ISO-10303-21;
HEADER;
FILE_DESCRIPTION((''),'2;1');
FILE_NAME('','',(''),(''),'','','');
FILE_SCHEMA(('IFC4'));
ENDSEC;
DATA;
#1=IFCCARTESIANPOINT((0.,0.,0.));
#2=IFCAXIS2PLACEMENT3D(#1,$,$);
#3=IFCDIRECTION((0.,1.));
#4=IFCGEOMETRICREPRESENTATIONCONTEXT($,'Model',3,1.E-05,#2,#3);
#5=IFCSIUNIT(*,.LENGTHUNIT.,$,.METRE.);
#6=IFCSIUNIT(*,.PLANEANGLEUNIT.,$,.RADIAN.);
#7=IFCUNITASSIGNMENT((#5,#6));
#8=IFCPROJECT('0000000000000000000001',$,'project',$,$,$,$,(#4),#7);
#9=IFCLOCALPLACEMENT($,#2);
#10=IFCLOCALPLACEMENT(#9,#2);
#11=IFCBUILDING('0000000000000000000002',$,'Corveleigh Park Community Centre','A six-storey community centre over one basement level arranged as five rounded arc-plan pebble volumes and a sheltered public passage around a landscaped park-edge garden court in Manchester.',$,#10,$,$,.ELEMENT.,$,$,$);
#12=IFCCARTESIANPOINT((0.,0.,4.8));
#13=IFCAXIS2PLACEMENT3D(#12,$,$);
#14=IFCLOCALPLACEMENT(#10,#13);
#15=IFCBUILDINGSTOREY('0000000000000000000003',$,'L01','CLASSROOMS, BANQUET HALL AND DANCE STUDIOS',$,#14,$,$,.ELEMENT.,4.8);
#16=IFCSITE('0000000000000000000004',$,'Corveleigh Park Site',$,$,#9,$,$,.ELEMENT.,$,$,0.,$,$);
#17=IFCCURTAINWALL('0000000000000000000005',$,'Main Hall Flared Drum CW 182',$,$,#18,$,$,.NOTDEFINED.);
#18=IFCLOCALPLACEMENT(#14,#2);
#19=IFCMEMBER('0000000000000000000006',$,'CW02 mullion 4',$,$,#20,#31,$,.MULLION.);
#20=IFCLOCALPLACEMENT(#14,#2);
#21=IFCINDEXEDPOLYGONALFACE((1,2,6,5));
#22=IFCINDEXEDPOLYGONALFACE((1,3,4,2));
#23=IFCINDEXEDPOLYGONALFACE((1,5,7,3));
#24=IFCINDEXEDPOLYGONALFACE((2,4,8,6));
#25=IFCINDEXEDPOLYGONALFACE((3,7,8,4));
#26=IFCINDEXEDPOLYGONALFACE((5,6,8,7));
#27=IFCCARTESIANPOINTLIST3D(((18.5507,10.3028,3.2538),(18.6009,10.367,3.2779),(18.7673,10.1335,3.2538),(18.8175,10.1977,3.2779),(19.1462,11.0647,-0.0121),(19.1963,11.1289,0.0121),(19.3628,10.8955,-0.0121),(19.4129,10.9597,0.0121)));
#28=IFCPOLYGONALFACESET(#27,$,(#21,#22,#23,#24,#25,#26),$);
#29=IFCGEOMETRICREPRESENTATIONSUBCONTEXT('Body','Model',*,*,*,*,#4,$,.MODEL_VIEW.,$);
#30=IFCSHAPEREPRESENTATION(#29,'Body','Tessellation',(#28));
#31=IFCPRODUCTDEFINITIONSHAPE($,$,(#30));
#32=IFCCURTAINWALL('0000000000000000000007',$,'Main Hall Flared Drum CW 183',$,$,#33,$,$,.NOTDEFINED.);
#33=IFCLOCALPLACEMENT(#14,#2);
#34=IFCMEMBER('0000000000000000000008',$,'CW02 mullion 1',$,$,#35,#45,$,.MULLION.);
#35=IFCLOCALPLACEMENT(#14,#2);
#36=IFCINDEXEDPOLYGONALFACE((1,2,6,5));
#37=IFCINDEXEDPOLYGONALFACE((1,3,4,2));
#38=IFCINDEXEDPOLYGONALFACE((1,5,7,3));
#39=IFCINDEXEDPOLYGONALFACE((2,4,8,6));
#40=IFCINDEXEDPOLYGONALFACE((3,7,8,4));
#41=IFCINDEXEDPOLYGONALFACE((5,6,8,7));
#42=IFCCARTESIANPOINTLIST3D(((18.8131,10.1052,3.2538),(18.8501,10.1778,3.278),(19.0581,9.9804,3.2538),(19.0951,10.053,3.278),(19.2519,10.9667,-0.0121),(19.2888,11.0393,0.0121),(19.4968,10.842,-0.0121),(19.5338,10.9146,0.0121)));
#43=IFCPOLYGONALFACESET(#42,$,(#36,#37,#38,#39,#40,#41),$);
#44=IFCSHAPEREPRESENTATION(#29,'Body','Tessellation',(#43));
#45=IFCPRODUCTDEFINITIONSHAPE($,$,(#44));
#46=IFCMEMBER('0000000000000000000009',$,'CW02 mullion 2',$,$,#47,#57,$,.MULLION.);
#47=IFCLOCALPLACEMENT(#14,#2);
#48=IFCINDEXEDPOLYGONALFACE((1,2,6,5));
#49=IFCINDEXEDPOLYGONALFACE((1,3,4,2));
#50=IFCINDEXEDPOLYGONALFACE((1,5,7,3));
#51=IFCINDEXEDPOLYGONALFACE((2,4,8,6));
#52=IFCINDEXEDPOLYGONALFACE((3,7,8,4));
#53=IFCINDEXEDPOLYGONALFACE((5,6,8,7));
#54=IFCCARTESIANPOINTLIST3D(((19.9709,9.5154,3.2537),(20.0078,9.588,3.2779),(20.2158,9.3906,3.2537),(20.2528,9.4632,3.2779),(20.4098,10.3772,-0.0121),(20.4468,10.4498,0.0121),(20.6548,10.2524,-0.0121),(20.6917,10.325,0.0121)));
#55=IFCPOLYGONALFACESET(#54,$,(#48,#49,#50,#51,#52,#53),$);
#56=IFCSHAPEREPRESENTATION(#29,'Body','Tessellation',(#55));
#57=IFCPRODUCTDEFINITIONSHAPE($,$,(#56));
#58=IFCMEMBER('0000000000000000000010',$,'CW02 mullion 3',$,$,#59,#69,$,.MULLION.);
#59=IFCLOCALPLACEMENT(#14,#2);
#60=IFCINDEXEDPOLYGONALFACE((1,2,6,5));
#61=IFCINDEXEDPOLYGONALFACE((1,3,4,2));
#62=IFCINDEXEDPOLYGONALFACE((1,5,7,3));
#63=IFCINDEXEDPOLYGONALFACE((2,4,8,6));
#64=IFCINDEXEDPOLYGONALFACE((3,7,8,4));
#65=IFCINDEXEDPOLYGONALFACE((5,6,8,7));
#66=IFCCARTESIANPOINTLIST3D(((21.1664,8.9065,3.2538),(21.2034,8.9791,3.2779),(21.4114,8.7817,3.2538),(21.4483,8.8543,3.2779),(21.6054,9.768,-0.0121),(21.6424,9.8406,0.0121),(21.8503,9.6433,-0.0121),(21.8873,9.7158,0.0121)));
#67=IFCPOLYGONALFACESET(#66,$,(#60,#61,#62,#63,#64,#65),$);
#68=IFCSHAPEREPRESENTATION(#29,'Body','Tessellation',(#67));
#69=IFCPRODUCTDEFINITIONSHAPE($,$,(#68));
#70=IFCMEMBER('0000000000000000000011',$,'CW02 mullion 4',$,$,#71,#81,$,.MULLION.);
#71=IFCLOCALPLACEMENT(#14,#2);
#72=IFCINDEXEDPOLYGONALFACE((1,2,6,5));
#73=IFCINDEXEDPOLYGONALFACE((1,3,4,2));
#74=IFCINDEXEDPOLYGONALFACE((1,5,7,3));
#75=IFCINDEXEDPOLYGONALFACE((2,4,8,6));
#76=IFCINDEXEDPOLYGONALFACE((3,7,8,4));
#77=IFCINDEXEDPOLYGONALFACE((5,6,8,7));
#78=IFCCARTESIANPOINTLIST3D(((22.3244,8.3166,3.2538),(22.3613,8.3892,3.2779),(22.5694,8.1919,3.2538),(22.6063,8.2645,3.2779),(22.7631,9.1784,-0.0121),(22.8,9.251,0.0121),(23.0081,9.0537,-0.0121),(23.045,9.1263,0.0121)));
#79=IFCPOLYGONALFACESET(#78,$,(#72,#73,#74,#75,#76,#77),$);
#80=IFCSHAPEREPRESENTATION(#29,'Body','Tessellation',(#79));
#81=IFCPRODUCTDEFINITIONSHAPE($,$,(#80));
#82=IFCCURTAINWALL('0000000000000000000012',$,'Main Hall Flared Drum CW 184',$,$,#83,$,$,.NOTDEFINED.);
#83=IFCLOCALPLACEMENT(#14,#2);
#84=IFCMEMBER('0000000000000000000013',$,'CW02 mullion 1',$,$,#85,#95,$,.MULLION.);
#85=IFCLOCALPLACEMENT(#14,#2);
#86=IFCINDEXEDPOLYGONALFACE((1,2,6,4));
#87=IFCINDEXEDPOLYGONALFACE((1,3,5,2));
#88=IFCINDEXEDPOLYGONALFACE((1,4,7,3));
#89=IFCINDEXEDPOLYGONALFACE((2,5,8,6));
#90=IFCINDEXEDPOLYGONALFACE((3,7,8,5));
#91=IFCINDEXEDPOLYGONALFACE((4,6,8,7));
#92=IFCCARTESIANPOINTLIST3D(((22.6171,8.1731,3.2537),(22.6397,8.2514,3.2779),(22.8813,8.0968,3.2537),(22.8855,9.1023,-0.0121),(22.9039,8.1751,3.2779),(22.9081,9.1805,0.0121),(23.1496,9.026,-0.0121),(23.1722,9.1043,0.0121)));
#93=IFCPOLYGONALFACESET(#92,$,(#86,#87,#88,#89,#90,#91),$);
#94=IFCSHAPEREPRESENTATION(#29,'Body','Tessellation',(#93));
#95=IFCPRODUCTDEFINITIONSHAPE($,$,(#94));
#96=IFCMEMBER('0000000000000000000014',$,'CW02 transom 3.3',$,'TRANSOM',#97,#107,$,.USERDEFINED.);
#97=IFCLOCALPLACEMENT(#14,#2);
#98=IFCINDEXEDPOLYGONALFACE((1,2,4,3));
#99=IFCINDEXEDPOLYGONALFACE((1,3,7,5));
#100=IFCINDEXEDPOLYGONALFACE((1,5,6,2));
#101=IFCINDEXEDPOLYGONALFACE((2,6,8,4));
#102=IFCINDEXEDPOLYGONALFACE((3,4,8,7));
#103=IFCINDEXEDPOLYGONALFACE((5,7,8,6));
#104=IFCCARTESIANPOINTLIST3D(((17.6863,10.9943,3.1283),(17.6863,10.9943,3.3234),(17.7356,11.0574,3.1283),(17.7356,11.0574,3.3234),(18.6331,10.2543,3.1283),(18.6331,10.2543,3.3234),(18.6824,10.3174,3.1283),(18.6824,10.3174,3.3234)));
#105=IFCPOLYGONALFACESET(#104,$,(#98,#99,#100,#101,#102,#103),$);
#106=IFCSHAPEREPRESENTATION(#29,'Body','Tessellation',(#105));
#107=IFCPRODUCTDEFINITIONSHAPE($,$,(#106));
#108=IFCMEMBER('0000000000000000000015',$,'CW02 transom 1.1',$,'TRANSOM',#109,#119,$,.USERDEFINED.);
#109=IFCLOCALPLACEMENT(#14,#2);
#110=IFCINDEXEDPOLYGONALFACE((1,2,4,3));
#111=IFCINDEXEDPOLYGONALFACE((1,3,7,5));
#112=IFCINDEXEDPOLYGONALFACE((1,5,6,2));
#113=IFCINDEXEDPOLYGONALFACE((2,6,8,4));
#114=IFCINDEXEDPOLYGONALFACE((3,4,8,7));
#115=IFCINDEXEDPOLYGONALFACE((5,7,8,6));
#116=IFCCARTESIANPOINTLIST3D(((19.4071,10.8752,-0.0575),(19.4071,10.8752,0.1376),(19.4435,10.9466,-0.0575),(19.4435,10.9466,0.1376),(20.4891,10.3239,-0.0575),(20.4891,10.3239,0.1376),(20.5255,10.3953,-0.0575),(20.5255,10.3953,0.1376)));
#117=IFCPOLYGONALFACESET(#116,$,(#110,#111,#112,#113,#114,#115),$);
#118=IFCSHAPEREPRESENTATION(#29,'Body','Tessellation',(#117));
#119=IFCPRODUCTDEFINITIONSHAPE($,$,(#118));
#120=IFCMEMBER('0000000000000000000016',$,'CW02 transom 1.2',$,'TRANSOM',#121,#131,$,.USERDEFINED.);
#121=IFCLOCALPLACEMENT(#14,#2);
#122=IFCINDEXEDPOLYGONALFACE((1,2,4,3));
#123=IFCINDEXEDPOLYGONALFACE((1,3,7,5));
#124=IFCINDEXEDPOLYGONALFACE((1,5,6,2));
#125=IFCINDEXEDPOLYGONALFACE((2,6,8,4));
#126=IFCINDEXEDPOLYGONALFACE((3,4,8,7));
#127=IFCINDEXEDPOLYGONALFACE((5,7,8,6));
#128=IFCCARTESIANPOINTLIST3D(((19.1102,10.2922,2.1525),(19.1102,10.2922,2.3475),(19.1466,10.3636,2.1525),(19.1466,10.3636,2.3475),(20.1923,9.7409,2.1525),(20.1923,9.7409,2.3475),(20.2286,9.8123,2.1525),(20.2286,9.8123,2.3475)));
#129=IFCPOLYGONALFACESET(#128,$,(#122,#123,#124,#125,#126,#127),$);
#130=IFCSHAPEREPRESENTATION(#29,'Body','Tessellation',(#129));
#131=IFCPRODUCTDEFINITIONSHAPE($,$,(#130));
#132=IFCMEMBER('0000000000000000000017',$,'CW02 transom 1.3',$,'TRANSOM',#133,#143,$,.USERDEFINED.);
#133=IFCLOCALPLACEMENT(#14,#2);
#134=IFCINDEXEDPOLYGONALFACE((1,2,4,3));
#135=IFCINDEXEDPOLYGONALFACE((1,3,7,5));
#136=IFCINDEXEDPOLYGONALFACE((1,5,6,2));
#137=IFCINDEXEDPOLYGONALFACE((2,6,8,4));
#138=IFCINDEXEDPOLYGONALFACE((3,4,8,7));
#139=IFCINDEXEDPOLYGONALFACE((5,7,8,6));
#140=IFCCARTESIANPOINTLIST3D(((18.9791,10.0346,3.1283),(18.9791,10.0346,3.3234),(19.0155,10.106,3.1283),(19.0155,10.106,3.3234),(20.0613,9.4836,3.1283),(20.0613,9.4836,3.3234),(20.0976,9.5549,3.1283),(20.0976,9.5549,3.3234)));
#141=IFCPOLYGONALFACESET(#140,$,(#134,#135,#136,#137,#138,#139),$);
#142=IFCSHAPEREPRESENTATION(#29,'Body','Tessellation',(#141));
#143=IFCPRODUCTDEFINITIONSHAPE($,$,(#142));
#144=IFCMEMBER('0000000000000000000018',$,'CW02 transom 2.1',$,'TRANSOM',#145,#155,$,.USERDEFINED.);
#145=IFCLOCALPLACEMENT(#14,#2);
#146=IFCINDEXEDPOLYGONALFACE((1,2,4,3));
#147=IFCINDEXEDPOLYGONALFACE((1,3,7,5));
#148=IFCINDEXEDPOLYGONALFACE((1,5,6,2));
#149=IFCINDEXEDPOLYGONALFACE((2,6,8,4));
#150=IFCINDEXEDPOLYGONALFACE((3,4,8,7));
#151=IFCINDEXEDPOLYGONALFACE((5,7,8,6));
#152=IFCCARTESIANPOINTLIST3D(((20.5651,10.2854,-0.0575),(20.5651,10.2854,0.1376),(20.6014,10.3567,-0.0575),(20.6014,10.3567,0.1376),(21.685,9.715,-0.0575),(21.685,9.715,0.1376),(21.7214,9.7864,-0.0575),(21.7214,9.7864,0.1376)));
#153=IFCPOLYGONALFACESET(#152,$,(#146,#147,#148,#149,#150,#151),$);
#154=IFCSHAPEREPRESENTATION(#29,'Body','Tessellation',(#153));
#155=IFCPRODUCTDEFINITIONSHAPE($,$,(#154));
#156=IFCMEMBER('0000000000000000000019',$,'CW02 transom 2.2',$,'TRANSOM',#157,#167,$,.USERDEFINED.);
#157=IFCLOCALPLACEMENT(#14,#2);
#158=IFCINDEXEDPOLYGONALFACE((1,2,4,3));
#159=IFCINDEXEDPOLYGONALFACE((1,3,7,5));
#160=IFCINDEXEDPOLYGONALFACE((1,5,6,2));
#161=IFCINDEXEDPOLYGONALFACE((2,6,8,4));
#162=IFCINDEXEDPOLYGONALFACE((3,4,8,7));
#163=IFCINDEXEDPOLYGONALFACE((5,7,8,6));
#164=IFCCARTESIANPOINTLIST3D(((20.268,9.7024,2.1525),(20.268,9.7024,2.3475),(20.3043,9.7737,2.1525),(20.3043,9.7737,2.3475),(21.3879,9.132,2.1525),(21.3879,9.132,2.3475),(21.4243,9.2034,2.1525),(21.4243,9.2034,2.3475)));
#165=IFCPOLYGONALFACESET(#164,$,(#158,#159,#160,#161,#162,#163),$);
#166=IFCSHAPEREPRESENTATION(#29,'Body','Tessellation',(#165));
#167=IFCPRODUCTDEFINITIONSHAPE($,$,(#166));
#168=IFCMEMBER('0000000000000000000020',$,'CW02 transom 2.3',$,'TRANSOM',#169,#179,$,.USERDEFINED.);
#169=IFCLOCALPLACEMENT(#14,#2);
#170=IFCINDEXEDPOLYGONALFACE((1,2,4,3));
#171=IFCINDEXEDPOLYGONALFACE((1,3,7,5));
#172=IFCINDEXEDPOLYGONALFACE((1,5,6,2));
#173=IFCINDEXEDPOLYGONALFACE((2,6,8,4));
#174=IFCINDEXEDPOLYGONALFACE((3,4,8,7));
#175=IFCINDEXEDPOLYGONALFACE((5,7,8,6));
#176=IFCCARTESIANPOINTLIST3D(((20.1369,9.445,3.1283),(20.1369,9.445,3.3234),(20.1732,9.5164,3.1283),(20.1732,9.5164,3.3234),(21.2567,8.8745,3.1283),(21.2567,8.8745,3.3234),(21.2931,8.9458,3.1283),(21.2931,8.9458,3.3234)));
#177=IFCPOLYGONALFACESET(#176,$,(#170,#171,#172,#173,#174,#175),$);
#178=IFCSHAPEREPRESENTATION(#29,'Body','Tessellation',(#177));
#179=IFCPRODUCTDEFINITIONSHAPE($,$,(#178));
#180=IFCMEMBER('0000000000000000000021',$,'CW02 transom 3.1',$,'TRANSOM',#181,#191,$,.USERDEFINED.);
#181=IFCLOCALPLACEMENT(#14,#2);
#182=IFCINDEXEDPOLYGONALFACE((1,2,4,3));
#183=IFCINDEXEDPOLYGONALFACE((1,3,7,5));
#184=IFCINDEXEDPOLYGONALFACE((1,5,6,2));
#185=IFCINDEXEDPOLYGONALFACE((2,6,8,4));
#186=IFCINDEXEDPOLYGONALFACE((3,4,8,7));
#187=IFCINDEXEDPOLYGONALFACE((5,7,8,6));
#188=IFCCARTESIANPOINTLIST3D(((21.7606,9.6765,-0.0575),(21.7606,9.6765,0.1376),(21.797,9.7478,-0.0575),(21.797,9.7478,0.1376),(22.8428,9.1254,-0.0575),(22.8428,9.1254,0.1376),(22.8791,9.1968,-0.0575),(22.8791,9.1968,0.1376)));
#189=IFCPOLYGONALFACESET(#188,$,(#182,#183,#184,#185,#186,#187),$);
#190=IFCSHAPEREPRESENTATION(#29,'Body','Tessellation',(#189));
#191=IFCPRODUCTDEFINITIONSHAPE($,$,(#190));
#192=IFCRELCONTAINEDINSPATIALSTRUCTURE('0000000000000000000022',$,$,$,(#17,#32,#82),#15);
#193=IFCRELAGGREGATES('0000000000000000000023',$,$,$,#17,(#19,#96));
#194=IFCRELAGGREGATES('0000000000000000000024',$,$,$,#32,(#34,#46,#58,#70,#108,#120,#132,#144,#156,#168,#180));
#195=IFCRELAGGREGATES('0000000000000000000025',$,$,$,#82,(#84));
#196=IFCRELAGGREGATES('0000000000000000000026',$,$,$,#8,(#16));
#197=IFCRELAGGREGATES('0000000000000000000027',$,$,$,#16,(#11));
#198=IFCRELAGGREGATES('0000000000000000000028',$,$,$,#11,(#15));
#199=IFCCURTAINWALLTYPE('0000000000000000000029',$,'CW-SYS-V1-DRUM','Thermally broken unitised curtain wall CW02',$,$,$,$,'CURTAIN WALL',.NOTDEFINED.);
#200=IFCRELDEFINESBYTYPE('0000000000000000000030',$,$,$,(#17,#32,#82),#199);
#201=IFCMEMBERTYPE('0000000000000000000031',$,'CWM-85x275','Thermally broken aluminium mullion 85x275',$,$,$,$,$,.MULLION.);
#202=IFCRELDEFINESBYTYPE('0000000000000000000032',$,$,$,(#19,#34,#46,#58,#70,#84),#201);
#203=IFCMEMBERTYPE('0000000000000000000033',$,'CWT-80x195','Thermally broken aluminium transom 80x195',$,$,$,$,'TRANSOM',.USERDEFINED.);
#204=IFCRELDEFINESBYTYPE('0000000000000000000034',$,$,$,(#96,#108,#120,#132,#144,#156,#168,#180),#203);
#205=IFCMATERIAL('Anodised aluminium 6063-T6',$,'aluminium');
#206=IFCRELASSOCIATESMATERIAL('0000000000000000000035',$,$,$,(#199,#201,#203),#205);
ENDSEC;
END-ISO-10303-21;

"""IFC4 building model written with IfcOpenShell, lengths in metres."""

from ifc_helpers import new_model, si_unit, direction, frame, origin, origin_2d, place, context, subcontext, project, spatial, rectangle, extrude, material, material_profile, profile_set, type_object, element, aggregate, save


model = new_model("IFC4")

# Units and contexts
model_context = context("Model", 3, precision=1e-05, world=origin(), true_north=direction((0.0, 1.0)))
body_context = subcontext(model_context, "Body", "Model", "MODEL_VIEW")
ifc_project = project(units=[si_unit("LENGTHUNIT", "METRE"), si_unit("PLANEANGLEUNIT", "RADIAN")], contexts=[model_context])

# Site, building, storey
site_placement = place(None, origin())
site = spatial("IfcSite", under=ifc_project, at=site_placement, Name="Corveleigh Park Site", CompositionType="ELEMENT", RefElevation=0.0)
building_placement = place(site_placement, origin())
building = spatial("IfcBuilding", under=site, at=building_placement, Name="Corveleigh Park Community Centre", Description="A six-storey community centre over one basement level arranged as five rounded arc-plan pebble volumes and a sheltered public passage around a landscaped park-edge garden court in Manchester.", CompositionType="ELEMENT")
storey_placement = place(building_placement, frame((0.0, 0.0, 4.8)))
storey = spatial("IfcBuildingStorey", under=building, at=storey_placement, Name="L01", Description="CLASSROOMS, BANQUET HALL AND DANCE STUDIOS", CompositionType="ELEMENT", Elevation=4.8)

# Curtain wall, member
ifc_material_1 = material(Name="Anodised aluminium 6063-T6", Category="aluminium")
curtain_wall_type = type_object("IfcCurtainWallType", Name="CW-SYS-V1-DRUM", Description="Thermally broken unitised curtain wall CW02", ElementType="CURTAIN WALL", PredefinedType="NOTDEFINED", material=ifc_material_1)
curtain_wall_1_placement = place(storey_placement, origin())
curtain_wall_1 = element("IfcCurtainWall", 1, at=curtain_wall_1_placement, inside=storey, type_object=curtain_wall_type, Name="Main Hall Flared Drum CW 182", PredefinedType="NOTDEFINED")
ifc_material_profile_1 = material_profile(ifc_material_1, rectangle(XDim=0.085, YDim=0.2749, at=origin_2d()), Name="ALU-M85x275", Category="aluminium")
ifc_profile_set_1 = profile_set([ifc_material_profile_1], Name="Anodised aluminium 6063-T6")
member_type_1 = type_object("IfcMemberType", Name="CWM-85x275", Description="Thermally broken aluminium mullion 85x275", PredefinedType="MULLION", material=ifc_profile_set_1)
member_1_placement = place(storey_placement, frame((19.2795, 11.0122, 0.0), z_axis=(-0.174825, -0.22371, 0.958848), x_axis=(0.590417, 0.755511, 0.283919)))
member_1 = element("IfcMember", 2, at=member_1_placement, type_object=member_type_1, Name="CW02 mullion 4", PredefinedType="MULLION", context=body_context, shape_type="SweptSolid", body=[
    extrude(rectangle(XDim=0.085, YDim=0.2749, at=origin_2d()), origin(), (0.0, 0.0, 1.0), 3.406),
])

# Curtain wall, members
curtain_wall_2_placement = place(storey_placement, origin())
curtain_wall_2 = element("IfcCurtainWall", 3, at=curtain_wall_2_placement, inside=storey, type_object=curtain_wall_type, Name="Main Hall Flared Drum CW 183", PredefinedType="NOTDEFINED")
member_2_placement = place(storey_placement, frame((19.3928, 10.9407, 0.0), z_axis=(-0.128809, -0.252959, 0.958864), x_axis=(0.435101, 0.854463, 0.283866)))
member_2 = element("IfcMember", 4, at=member_2_placement, type_object=member_type_1, Name="CW02 mullion 1", PredefinedType="MULLION", context=body_context, shape_type="SweptSolid", body=[
    extrude(rectangle(XDim=0.085, YDim=0.2749, at=origin_2d()), origin(), (0.0, 0.0, 1.0), 3.406),
])
member_3_placement = place(storey_placement, frame((20.5508, 10.3511, 0.0), z_axis=(-0.128877, -0.253024, 0.958838), x_axis=(0.435183, 0.854392, 0.283955)))
member_3 = element("IfcMember", 5, at=member_3_placement, type_object=member_type_1, Name="CW02 mullion 2", PredefinedType="MULLION", context=body_context, shape_type="SweptSolid", body=[
    extrude(rectangle(XDim=0.085, YDim=0.2749, at=origin_2d()), origin(), (0.0, 0.0, 1.0), 3.406),
])
member_4_placement = place(storey_placement, frame((21.7463, 9.7419, 0.0), z_axis=(-0.12888, -0.252957, 0.958855), x_axis=(0.435289, 0.854357, 0.283896)))
member_4 = element("IfcMember", 6, at=member_4_placement, type_object=member_type_1, Name="CW02 mullion 3", PredefinedType="MULLION", context=body_context, shape_type="SweptSolid", body=[
    extrude(rectangle(XDim=0.085, YDim=0.2749, at=origin_2d()), origin(), (0.0, 0.0, 1.0), 3.406),
])
member_5_placement = place(storey_placement, frame((22.9041, 9.1523, 0.0), z_axis=(-0.128807, -0.253026, 0.958847), x_axis=(0.434995, 0.854498, 0.283925)))
member_5 = element("IfcMember", 7, at=member_5_placement, type_object=member_type_1, Name="CW02 mullion 4", PredefinedType="MULLION", context=body_context, shape_type="SweptSolid", body=[
    extrude(rectangle(XDim=0.085, YDim=0.2749, at=origin_2d()), origin(), (0.0, 0.0, 1.0), 3.406),
])

# Curtain wall, member
curtain_wall_3_placement = place(storey_placement, origin())
curtain_wall_3 = element("IfcCurtainWall", 8, at=curtain_wall_3_placement, inside=storey, type_object=curtain_wall_type, Name="Main Hall Flared Drum CW 184", PredefinedType="NOTDEFINED")
member_6_placement = place(storey_placement, frame((23.0288, 9.1033, 0.0), z_axis=(-0.078774, -0.272807, 0.958838), x_axis=(0.266001, 0.921203, 0.283953)))
member_6 = element("IfcMember", 9, at=member_6_placement, type_object=member_type_1, Name="CW02 mullion 1", PredefinedType="MULLION", context=body_context, shape_type="SweptSolid", body=[
    extrude(rectangle(XDim=0.085, YDim=0.2749, at=origin_2d()), origin(), (0.0, 0.0, 1.0), 3.406),
])

# Members
ifc_material_profile_2 = material_profile(ifc_material_1, rectangle(XDim=0.0801, YDim=0.1951, at=origin_2d()), Name="ALU-T80x195", Category="aluminium")
ifc_profile_set_2 = profile_set([ifc_material_profile_2], Name="Anodised aluminium 6063-T6")
member_type_2 = type_object("IfcMemberType", Name="CWT-80x195", Description="Thermally broken aluminium transom 80x195", ElementType="TRANSOM", PredefinedType="USERDEFINED", material=ifc_profile_set_2)
member_7_placement = place(storey_placement, frame((17.7109, 11.0259, 3.2258), z_axis=(0.787895, -0.61581, 0.0), x_axis=(0.61581, 0.787895, 0.0)))
member_7 = element("IfcMember", 10, at=member_7_placement, type_object=member_type_2, Name="CW02 transom 3.3", ObjectType="TRANSOM", PredefinedType="USERDEFINED", context=body_context, shape_type="SweptSolid", body=[
    extrude(rectangle(XDim=0.0801, YDim=0.1951, at=origin_2d()), origin(), (0.0, 0.0, 1.0), 1.2017),
])
aggregate(curtain_wall_1, [member_1, member_7])
member_8_placement = place(storey_placement, frame((19.4253, 10.9109, 0.04), z_axis=(0.891024, -0.453956, 0.0), x_axis=(0.453956, 0.891024, 0.0)))
member_8 = element("IfcMember", 11, at=member_8_placement, type_object=member_type_2, Name="CW02 transom 1.1", ObjectType="TRANSOM", PredefinedType="USERDEFINED", context=body_context, shape_type="SweptSolid", body=[
    extrude(rectangle(XDim=0.0801, YDim=0.1951, at=origin_2d()), origin(), (0.0, 0.0, 1.0), 1.2144),
])
member_9_placement = place(storey_placement, frame((19.1284, 10.3279, 2.25), z_axis=(0.891024, -0.453956, 0.0), x_axis=(0.453956, 0.891024, 0.0)))
member_9 = element("IfcMember", 12, at=member_9_placement, type_object=member_type_2, Name="CW02 transom 1.2", ObjectType="TRANSOM", PredefinedType="USERDEFINED", context=body_context, shape_type="SweptSolid", body=[
    extrude(rectangle(XDim=0.0801, YDim=0.1951, at=origin_2d()), origin(), (0.0, 0.0, 1.0), 1.2144),
])
member_10_placement = place(storey_placement, frame((18.9973, 10.0703, 3.2258), z_axis=(0.891105, -0.453796, 0.0), x_axis=(0.453796, 0.891105, 0.0)))
member_10 = element("IfcMember", 13, at=member_10_placement, type_object=member_type_2, Name="CW02 transom 1.3", ObjectType="TRANSOM", PredefinedType="USERDEFINED", context=body_context, shape_type="SweptSolid", body=[
    extrude(rectangle(XDim=0.0801, YDim=0.1951, at=origin_2d()), origin(), (0.0, 0.0, 1.0), 1.2144),
])
member_11_placement = place(storey_placement, frame((20.5833, 10.321, 0.04), z_axis=(0.8911, -0.453806, 0.0), x_axis=(0.453806, 0.8911, 0.0)))
member_11 = element("IfcMember", 14, at=member_11_placement, type_object=member_type_2, Name="CW02 transom 2.1", ObjectType="TRANSOM", PredefinedType="USERDEFINED", context=body_context, shape_type="SweptSolid", body=[
    extrude(rectangle(XDim=0.0801, YDim=0.1951, at=origin_2d()), origin(), (0.0, 0.0, 1.0), 1.2568),
])
member_12_placement = place(storey_placement, frame((20.2861, 9.738, 2.25), z_axis=(0.8911, -0.453806, 0.0), x_axis=(0.453806, 0.8911, 0.0)))
member_12 = element("IfcMember", 15, at=member_12_placement, type_object=member_type_2, Name="CW02 transom 2.2", ObjectType="TRANSOM", PredefinedType="USERDEFINED", context=body_context, shape_type="SweptSolid", body=[
    extrude(rectangle(XDim=0.0801, YDim=0.1951, at=origin_2d()), origin(), (0.0, 0.0, 1.0), 1.2568),
])
member_13_placement = place(storey_placement, frame((20.155, 9.4807, 3.2258), z_axis=(0.891022, -0.453961, 0.0), x_axis=(0.453961, 0.891022, 0.0)))
member_13 = element("IfcMember", 16, at=member_13_placement, type_object=member_type_2, Name="CW02 transom 2.3", ObjectType="TRANSOM", PredefinedType="USERDEFINED", context=body_context, shape_type="SweptSolid", body=[
    extrude(rectangle(XDim=0.0801, YDim=0.1951, at=origin_2d()), origin(), (0.0, 0.0, 1.0), 1.2568),
])
member_14_placement = place(storey_placement, frame((21.7788, 9.7122, 0.04), z_axis=(0.891105, -0.453796, 0.0), x_axis=(0.453796, 0.891105, 0.0)))
member_14 = element("IfcMember", 17, at=member_14_placement, type_object=member_type_2, Name="CW02 transom 3.1", ObjectType="TRANSOM", PredefinedType="USERDEFINED", context=body_context, shape_type="SweptSolid", body=[
    extrude(rectangle(XDim=0.0801, YDim=0.1951, at=origin_2d()), origin(), (0.0, 0.0, 1.0), 1.2144),
])

aggregate(curtain_wall_2, [member_2, member_3, member_4, member_5, member_8, member_9, member_10, member_11, member_12, member_13, member_14])
aggregate(curtain_wall_3, [member_6])

save(model, "model.ifc")
